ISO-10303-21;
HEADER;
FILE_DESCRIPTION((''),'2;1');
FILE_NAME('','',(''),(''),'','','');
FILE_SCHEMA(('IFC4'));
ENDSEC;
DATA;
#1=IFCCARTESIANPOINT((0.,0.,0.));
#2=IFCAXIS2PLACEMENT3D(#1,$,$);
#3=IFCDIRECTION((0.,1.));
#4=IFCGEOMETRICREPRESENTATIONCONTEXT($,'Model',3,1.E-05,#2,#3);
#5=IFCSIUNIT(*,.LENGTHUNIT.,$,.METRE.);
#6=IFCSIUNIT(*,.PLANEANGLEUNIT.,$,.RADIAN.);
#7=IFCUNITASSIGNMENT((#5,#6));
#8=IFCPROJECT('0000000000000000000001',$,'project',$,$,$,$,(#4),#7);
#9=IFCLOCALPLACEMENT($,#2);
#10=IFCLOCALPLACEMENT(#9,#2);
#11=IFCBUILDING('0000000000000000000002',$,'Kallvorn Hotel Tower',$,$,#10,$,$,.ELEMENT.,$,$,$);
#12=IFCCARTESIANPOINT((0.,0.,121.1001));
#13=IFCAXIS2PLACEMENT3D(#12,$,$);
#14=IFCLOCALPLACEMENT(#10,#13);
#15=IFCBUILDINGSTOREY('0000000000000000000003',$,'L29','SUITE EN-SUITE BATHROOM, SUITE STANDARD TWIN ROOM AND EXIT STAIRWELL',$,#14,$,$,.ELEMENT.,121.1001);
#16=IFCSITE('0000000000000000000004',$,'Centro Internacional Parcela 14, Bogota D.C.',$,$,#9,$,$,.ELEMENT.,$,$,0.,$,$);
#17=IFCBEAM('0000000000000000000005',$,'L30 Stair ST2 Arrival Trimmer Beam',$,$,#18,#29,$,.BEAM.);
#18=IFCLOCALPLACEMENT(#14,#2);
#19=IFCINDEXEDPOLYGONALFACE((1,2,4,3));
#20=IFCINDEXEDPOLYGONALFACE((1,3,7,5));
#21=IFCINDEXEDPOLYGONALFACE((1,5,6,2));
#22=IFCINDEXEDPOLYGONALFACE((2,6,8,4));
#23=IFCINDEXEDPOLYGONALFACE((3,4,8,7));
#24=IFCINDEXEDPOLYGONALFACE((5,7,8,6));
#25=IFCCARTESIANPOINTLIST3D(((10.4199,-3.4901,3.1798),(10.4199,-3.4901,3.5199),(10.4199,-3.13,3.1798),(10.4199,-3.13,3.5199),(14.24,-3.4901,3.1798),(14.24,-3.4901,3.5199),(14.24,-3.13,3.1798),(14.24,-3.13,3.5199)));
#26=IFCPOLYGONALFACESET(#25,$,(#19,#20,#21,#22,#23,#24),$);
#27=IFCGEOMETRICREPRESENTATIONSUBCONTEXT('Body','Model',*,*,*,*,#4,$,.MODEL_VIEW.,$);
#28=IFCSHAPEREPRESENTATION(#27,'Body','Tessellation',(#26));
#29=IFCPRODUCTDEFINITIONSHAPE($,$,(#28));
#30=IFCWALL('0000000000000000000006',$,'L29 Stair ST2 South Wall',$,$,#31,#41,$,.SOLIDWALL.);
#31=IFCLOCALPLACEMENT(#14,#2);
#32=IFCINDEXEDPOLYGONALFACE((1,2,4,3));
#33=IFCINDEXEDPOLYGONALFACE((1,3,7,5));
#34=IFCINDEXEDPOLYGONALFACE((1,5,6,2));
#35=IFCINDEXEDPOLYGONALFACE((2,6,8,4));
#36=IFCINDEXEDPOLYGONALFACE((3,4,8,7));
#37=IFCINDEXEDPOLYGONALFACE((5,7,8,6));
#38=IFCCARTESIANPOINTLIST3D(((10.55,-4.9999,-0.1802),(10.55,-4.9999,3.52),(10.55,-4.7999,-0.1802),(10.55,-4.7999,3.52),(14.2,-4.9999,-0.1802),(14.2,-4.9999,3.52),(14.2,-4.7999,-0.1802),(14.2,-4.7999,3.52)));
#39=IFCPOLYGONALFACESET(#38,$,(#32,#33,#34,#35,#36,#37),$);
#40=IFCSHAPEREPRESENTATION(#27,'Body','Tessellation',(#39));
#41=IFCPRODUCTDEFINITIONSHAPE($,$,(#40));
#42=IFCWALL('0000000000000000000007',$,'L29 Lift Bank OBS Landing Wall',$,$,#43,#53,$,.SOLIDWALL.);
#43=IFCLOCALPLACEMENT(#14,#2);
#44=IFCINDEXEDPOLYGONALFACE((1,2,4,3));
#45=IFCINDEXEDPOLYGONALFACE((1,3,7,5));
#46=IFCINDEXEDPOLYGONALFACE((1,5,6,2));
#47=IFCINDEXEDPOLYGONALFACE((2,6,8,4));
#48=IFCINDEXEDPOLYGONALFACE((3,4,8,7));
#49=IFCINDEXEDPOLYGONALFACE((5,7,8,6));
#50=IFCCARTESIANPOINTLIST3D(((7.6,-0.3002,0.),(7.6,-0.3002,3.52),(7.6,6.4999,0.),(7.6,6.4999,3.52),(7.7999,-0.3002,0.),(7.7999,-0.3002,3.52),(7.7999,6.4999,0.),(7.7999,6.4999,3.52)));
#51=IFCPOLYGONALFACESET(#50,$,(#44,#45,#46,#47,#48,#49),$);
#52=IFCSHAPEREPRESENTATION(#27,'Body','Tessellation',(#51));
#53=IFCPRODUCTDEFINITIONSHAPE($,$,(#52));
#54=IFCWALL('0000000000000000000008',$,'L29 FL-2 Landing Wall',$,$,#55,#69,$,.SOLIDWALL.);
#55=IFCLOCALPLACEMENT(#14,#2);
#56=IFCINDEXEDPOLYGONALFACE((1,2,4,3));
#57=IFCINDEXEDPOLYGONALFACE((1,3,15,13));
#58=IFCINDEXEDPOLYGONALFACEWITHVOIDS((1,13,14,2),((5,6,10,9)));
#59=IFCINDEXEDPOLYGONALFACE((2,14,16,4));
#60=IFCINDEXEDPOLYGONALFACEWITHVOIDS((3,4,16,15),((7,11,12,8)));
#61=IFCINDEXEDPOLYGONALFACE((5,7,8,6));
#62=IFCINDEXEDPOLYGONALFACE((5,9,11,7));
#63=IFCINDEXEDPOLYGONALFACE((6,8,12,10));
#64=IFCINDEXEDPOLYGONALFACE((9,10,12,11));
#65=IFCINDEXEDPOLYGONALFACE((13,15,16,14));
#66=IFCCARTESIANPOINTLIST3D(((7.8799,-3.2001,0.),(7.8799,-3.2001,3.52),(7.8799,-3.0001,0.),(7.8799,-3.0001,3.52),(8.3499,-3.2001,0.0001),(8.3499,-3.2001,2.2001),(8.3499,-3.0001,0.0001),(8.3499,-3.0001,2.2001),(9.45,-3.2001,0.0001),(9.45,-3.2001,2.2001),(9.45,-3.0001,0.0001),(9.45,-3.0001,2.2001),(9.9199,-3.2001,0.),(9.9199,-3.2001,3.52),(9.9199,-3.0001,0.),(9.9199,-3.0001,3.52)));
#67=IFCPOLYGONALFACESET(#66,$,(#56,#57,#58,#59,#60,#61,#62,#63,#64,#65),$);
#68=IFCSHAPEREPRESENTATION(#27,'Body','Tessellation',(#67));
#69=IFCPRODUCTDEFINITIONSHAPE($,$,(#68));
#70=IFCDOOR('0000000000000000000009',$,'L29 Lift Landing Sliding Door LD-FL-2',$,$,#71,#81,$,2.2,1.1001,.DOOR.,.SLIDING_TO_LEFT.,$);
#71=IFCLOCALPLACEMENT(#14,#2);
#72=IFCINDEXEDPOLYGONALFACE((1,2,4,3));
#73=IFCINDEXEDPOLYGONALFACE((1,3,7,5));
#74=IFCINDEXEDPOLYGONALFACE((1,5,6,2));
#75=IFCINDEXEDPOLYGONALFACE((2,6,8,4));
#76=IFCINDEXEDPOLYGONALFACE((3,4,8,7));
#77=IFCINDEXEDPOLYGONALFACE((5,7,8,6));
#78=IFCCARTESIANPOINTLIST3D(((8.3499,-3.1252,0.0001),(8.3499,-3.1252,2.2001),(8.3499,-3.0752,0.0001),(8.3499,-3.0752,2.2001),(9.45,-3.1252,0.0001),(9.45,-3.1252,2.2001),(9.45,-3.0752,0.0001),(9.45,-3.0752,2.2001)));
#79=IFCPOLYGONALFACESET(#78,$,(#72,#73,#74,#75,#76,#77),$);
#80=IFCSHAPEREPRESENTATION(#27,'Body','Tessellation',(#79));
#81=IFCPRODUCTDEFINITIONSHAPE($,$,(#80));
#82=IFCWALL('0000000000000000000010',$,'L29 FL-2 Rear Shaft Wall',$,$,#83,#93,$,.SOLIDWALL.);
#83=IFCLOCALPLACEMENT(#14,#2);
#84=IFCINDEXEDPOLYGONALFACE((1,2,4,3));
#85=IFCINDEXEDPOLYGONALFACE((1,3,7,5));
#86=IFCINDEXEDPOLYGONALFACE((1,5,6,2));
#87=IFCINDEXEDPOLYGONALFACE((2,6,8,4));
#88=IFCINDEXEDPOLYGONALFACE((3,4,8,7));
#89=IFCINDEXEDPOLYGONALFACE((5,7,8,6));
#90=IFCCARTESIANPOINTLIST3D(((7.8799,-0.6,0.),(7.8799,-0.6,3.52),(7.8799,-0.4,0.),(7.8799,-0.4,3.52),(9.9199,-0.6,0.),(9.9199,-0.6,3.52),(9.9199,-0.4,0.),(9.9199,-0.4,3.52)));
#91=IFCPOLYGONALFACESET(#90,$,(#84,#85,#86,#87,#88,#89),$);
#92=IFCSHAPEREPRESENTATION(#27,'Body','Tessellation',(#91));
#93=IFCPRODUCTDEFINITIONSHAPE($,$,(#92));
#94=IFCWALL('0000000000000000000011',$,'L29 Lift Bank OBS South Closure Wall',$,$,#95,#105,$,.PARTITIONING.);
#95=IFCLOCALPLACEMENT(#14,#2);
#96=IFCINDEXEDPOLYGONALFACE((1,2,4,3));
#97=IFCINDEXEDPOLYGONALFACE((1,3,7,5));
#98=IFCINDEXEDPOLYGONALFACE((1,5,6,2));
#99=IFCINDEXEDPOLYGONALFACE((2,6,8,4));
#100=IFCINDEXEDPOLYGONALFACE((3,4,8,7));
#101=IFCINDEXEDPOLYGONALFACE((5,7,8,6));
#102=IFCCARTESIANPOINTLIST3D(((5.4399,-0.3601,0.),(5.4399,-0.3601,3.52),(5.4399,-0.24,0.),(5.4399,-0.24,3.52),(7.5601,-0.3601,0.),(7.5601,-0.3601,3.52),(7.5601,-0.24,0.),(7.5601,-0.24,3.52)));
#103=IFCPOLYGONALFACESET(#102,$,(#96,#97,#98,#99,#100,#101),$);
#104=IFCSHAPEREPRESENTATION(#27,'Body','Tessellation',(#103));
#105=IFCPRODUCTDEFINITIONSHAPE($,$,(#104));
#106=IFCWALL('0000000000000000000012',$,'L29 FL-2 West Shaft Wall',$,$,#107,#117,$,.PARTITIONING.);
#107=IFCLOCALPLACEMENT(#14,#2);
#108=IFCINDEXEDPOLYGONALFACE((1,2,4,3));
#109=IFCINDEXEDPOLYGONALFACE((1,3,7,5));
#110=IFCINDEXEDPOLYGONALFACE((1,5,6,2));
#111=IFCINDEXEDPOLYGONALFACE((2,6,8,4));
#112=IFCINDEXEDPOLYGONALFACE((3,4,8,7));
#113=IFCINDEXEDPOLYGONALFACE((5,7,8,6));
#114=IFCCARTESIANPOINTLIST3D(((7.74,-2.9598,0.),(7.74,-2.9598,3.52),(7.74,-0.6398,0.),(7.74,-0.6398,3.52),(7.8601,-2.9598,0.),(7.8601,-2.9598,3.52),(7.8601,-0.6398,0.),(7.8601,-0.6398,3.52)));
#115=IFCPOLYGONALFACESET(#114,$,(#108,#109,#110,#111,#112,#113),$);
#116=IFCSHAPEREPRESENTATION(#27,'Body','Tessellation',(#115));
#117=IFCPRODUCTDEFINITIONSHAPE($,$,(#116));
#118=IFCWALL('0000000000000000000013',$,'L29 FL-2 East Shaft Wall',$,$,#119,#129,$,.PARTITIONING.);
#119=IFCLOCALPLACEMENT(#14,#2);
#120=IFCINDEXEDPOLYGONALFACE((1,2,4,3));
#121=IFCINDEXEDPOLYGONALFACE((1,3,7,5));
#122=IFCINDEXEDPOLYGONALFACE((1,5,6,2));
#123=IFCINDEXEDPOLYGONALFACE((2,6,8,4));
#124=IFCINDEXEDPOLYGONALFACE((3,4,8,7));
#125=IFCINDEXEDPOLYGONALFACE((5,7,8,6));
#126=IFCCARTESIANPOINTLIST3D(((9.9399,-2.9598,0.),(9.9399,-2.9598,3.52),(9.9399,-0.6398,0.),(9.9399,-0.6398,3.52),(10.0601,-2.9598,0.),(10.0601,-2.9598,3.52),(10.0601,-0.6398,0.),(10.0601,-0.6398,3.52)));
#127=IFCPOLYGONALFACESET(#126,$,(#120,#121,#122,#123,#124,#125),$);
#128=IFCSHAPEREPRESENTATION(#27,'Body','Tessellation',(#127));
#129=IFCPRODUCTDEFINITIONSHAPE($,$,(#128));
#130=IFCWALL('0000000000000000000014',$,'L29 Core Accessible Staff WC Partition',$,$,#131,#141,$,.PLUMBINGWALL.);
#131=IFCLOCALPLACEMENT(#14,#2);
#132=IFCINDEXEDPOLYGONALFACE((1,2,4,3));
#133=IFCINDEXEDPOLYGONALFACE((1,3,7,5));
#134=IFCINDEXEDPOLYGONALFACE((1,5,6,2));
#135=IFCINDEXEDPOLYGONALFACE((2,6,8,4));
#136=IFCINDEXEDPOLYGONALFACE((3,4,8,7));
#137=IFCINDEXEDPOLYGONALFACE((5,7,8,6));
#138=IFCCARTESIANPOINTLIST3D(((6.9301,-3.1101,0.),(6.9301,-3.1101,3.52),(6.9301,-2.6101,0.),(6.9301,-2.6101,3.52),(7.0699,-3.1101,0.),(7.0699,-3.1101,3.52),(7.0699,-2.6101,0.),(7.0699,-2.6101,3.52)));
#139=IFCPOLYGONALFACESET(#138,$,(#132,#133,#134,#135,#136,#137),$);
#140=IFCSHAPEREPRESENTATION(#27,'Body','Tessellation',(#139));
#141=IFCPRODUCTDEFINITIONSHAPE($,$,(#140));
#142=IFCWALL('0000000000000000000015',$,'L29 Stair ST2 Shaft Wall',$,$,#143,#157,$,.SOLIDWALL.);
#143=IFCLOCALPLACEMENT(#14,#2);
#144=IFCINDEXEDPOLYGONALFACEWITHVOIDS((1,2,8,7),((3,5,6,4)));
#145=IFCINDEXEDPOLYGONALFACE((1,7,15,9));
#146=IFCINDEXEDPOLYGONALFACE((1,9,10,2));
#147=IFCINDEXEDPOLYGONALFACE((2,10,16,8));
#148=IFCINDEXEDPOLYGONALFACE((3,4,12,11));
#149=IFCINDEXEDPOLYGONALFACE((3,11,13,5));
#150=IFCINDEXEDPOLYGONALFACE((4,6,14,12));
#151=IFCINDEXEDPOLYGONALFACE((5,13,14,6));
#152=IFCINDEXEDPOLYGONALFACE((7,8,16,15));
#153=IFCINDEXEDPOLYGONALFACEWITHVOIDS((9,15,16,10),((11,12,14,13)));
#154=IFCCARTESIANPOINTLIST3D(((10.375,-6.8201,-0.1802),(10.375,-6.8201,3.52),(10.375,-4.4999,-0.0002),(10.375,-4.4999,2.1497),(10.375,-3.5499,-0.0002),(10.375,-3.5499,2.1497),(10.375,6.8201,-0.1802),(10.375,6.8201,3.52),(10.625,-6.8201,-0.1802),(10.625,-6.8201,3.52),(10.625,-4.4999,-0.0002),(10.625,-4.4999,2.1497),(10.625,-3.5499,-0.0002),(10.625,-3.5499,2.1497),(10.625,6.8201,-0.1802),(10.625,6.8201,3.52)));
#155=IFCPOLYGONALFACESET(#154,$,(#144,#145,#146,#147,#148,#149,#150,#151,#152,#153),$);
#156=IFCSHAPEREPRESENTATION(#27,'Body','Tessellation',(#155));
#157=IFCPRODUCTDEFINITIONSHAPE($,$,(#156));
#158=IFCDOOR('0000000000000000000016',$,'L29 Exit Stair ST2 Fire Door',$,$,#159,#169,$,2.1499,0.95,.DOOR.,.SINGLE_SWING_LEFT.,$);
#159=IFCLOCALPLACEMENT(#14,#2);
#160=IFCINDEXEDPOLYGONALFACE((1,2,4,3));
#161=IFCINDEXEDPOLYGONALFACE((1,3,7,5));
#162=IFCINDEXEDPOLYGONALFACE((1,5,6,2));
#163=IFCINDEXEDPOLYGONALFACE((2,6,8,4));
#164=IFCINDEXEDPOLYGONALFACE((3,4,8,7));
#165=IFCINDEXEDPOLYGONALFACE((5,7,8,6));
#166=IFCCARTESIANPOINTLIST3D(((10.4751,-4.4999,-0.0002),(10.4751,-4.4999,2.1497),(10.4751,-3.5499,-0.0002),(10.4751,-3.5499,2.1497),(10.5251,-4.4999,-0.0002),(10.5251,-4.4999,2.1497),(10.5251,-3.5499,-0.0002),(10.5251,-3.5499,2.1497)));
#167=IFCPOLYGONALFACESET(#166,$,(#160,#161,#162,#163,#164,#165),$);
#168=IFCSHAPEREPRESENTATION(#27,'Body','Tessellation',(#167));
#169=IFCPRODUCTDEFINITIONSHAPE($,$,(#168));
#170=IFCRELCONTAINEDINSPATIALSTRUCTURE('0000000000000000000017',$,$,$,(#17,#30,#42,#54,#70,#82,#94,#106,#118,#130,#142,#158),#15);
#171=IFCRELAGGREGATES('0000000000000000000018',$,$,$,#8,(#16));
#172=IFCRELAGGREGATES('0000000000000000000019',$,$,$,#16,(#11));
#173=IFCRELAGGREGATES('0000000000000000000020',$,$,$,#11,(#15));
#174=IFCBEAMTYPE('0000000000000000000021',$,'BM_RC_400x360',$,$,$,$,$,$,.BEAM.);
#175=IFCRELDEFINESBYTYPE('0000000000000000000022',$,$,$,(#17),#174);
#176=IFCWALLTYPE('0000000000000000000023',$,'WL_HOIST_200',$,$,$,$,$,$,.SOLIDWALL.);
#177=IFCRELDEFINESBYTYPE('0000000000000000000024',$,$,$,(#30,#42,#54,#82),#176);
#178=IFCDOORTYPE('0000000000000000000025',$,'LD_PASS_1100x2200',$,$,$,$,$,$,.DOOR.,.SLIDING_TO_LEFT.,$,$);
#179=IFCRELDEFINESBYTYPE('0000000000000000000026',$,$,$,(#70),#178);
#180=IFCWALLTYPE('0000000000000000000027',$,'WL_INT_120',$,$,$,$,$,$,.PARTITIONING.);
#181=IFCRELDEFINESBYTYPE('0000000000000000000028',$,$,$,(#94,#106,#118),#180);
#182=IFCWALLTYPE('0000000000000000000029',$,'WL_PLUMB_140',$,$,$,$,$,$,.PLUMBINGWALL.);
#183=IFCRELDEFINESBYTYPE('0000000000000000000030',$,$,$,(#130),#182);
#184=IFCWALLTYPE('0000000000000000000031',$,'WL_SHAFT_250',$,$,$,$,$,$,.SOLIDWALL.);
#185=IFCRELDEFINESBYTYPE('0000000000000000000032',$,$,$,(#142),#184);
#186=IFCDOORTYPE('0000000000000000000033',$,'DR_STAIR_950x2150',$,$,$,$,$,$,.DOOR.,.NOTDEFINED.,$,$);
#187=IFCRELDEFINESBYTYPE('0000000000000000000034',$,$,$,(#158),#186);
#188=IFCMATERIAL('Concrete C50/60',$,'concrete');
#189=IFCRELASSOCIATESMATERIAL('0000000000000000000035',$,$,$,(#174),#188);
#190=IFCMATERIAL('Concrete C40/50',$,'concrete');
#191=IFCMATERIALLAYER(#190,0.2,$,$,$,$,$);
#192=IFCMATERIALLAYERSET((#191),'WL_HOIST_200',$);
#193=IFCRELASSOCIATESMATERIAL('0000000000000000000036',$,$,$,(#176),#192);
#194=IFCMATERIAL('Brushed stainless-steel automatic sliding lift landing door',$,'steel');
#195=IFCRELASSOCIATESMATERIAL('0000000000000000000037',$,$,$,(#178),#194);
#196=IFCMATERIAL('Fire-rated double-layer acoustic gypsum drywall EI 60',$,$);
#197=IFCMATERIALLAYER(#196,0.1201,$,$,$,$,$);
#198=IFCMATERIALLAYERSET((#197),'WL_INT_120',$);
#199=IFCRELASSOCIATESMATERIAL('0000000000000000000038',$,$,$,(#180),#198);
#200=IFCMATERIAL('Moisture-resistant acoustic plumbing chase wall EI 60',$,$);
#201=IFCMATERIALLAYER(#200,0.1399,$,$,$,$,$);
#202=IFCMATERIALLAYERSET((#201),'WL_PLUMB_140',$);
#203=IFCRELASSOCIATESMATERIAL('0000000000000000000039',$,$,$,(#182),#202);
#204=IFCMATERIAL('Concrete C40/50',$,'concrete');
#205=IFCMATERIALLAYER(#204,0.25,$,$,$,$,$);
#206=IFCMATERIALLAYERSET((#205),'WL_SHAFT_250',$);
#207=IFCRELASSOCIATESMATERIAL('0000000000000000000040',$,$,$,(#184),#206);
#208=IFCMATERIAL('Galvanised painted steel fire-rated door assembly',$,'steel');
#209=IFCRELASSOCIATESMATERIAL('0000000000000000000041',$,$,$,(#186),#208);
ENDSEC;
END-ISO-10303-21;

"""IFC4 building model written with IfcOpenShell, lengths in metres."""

from ifc_helpers import new_model, si_unit, direction, frame, frame_2d, origin, origin_2d, place, context, subcontext, project, spatial, rectangle, extrude, material, layer, layer_set, material_profile, profile_set, type_object, element, fill, save


model = new_model("IFC4")

# Units and contexts
model_context = context("Model", 3, precision=1e-05, world=origin(), true_north=direction((0.0, 1.0)))
body_context = subcontext(model_context, "Body", "Model", "MODEL_VIEW")
ifc_project = project(units=[si_unit("LENGTHUNIT", "METRE"), si_unit("PLANEANGLEUNIT", "RADIAN")], contexts=[model_context])

# Site, building, storey
site_placement = place(None, origin())
site = spatial("IfcSite", under=ifc_project, at=site_placement, Name="Centro Internacional Parcela 14, Bogota D.C.", CompositionType="ELEMENT", RefElevation=0.0)
building_placement = place(site_placement, origin())
building = spatial("IfcBuilding", under=site, at=building_placement, Name="Kallvorn Hotel Tower", CompositionType="ELEMENT")
storey_placement = place(building_placement, frame((0.0, 0.0, 121.1001)))
storey = spatial("IfcBuildingStorey", under=building, at=storey_placement, Name="L29", Description="SUITE EN-SUITE BATHROOM, SUITE STANDARD TWIN ROOM AND EXIT STAIRWELL", CompositionType="ELEMENT", Elevation=121.1001)

# Beam
ifc_material_1 = material(Name="Concrete C50/60", Category="concrete")
ifc_material_profile = material_profile(ifc_material_1, rectangle(XDim=0.3601, YDim=0.3401, at=origin_2d()), Name="RC 360x340")
ifc_profile_set = profile_set([ifc_material_profile], Name="Concrete C50/60")
beam_type = type_object("IfcBeamType", Name="BM_RC_400x360", PredefinedType="BEAM", material=ifc_profile_set)
beam_placement = place(storey_placement, frame((14.24, -3.3101, 3.3499), z_axis=(-1.0, 0.0, 0.0), x_axis=(0.0, -1.0, 0.0)))
element("IfcBeam", 1, at=beam_placement, inside=storey, type_object=beam_type, Name="L30 Stair ST2 Arrival Trimmer Beam", PredefinedType="BEAM", context=body_context, shape_type="SweptSolid", body=[
    extrude(rectangle(XDim=0.3601, YDim=0.3401, at=origin_2d()), origin(), (0.0, 0.0, 1.0), 3.8201),
])

# Walls
ifc_material_2 = material(Name="Concrete C40/50", Category="concrete")
ifc_layer_1 = layer(ifc_material_2, 0.2)
ifc_layer_set_1 = layer_set([ifc_layer_1], Name="WL_HOIST_200")
wall_type_1 = type_object("IfcWallType", Name="WL_HOIST_200", PredefinedType="SOLIDWALL", material=ifc_layer_set_1)
wall_1_placement = place(storey_placement, frame((10.55, -4.8999, -0.1802), z_axis=(0.0, 0.0, 1.0), x_axis=(1.0, 0.0, 0.0)))
element("IfcWall", 2, at=wall_1_placement, inside=storey, type_object=wall_type_1, Name="L29 Stair ST2 South Wall", PredefinedType="SOLIDWALL", context=body_context, shape_type="SweptSolid", body=[
    extrude(rectangle(XDim=3.6499, YDim=0.2, at=frame_2d((1.825, 0.0))), origin(), (0.0, 0.0, 1.0), 3.7002),
])
wall_2_placement = place(storey_placement, frame((7.7, -0.3, 0.0), z_axis=(0.0, 0.0, 1.0), x_axis=(0.0, 1.0, 0.0)))
element("IfcWall", 3, at=wall_2_placement, inside=storey, type_object=wall_type_1, Name="L29 Lift Bank OBS Landing Wall", PredefinedType="SOLIDWALL", context=body_context, shape_type="SweptSolid", body=[
    extrude(rectangle(XDim=6.8, YDim=0.2, at=frame_2d((3.3999, 0.0))), origin(), (0.0, 0.0, 1.0), 3.52),
])

# Wall, opening, door
wall_3_placement = place(storey_placement, frame((7.8799, -3.1001, 0.0), z_axis=(0.0, 0.0, 1.0), x_axis=(1.0, 0.0, 0.0)))
wall_3 = element("IfcWall", 4, at=wall_3_placement, inside=storey, type_object=wall_type_1, Name="L29 FL-2 Landing Wall", PredefinedType="SOLIDWALL", context=body_context, shape_type="SweptSolid", body=[
    extrude(rectangle(XDim=2.04, YDim=0.2, at=frame_2d((1.02, 0.0))), origin(), (0.0, 0.0, 1.0), 3.52),
])
opening_1_placement = place(wall_3_placement, frame((0.47, 0.0, 0.0)))
opening_1 = element("IfcOpeningElement", 5, at=opening_1_placement, cuts=wall_3, PredefinedType="OPENING", context=body_context, shape_type="SweptSolid", body=[
    extrude(rectangle(XDim=1.1001, YDim=2.2, at=frame_2d((0.55, 1.1001))), frame((0.0, 0.115, 0.0), z_axis=(0.0, -1.0, 0.0), x_axis=(1.0, 0.0, 0.0)), (0.0, 0.0, 1.0), 0.23),
])
ifc_material_3 = material(Name="Brushed stainless-steel automatic sliding lift landing door", Category="steel")
door_type_1 = type_object("IfcDoorType", Name="LD_PASS_1100x2200", OperationType="SLIDING_TO_LEFT", PredefinedType="DOOR", material=ifc_material_3)
door_1_placement = place(opening_1_placement, origin())
door_1 = element("IfcDoor", 6, at=door_1_placement, inside=storey, type_object=door_type_1, Name="L29 Lift Landing Sliding Door LD-FL-2", OperationType="SLIDING_TO_LEFT", OverallHeight=2.2, OverallWidth=1.1001, PredefinedType="DOOR", context=body_context, shape_type="SweptSolid", body=[
    extrude(rectangle(XDim=1.1001, YDim=2.2, at=frame_2d((0.55, 1.1001))), frame((0.0, 0.0249, 0.0), z_axis=(0.0, -1.0, 0.0), x_axis=(1.0, 0.0, 0.0)), (0.0, 0.0, 1.0), 0.05),
])
fill(opening_1, door_1)

# Walls
wall_4_placement = place(storey_placement, frame((7.8799, -0.5, 0.0), z_axis=(0.0, 0.0, 1.0), x_axis=(1.0, 0.0, 0.0)))
element("IfcWall", 7, at=wall_4_placement, inside=storey, type_object=wall_type_1, Name="L29 FL-2 Rear Shaft Wall", PredefinedType="SOLIDWALL", context=body_context, shape_type="SweptSolid", body=[
    extrude(rectangle(XDim=2.04, YDim=0.2, at=frame_2d((1.02, 0.0))), origin(), (0.0, 0.0, 1.0), 3.52),
])
ifc_material_4 = material(Name="Fire-rated double-layer acoustic gypsum drywall EI 60")
ifc_layer_2 = layer(ifc_material_4, 0.1201)
ifc_layer_set_2 = layer_set([ifc_layer_2], Name="WL_INT_120")
wall_type_2 = type_object("IfcWallType", Name="WL_INT_120", PredefinedType="PARTITIONING", material=ifc_layer_set_2)
wall_5_placement = place(storey_placement, frame((5.4399, -0.3, 0.0), z_axis=(0.0, 0.0, 1.0), x_axis=(1.0, 0.0, 0.0)))
element("IfcWall", 8, at=wall_5_placement, inside=storey, type_object=wall_type_2, Name="L29 Lift Bank OBS South Closure Wall", PredefinedType="PARTITIONING", context=body_context, shape_type="SweptSolid", body=[
    extrude(rectangle(XDim=2.1201, YDim=0.1201, at=frame_2d((1.0601, 0.0))), origin(), (0.0, 0.0, 1.0), 3.52),
])
for number, where, z_axis, x_axis, name in (
    (9, (7.8, -2.96, 0.0), (0.0, 0.0, 1.0), (0.0, 1.0, 0.0), "L29 FL-2 West Shaft Wall"),
    (10, (10.0, -2.96, 0.0), (0.0, 0.0, 1.0), (0.0, 1.0, 0.0), "L29 FL-2 East Shaft Wall"),
):
    element("IfcWall", number, at=place(storey_placement, frame(where, z_axis=z_axis, x_axis=x_axis)), inside=storey, type_object=wall_type_2, Name=name, PredefinedType="PARTITIONING", context=body_context, shape_type="SweptSolid", body=[
        extrude(rectangle(XDim=2.3201, YDim=0.1201, at=frame_2d((1.1602, 0.0))), origin(), (0.0, 0.0, 1.0), 3.52),
    ])
ifc_material_5 = material(Name="Moisture-resistant acoustic plumbing chase wall EI 60")
ifc_layer_3 = layer(ifc_material_5, 0.1399)
ifc_layer_set_3 = layer_set([ifc_layer_3], Name="WL_PLUMB_140")
wall_type_3 = type_object("IfcWallType", Name="WL_PLUMB_140", PredefinedType="PLUMBINGWALL", material=ifc_layer_set_3)
wall_6_placement = place(storey_placement, frame((7.0, -3.1101, 0.0), z_axis=(0.0, 0.0, 1.0), x_axis=(0.0, 1.0, 0.0)))
element("IfcWall", 11, at=wall_6_placement, inside=storey, type_object=wall_type_3, Name="L29 Core Accessible Staff WC Partition", PredefinedType="PLUMBINGWALL", context=body_context, shape_type="SweptSolid", body=[
    extrude(rectangle(XDim=0.5, YDim=0.1399, at=frame_2d((0.25, 0.0))), origin(), (0.0, 0.0, 1.0), 3.52),
])

# Wall, opening, door
ifc_material_6 = material(Name="Concrete C40/50", Category="concrete")
ifc_layer_4 = layer(ifc_material_6, 0.25)
ifc_layer_set_4 = layer_set([ifc_layer_4], Name="WL_SHAFT_250")
wall_type_4 = type_object("IfcWallType", Name="WL_SHAFT_250", PredefinedType="SOLIDWALL", material=ifc_layer_set_4)
wall_7_placement = place(storey_placement, frame((10.5, -6.8201, -0.1802), z_axis=(0.0, 0.0, 1.0), x_axis=(0.0, 1.0, 0.0)))
wall_7 = element("IfcWall", 12, at=wall_7_placement, inside=storey, type_object=wall_type_4, Name="L29 Stair ST2 Shaft Wall", PredefinedType="SOLIDWALL", context=body_context, shape_type="SweptSolid", body=[
    extrude(rectangle(XDim=13.6401, YDim=0.25, at=frame_2d((6.8201, 0.0))), origin(), (0.0, 0.0, 1.0), 3.7002),
])
opening_2_placement = place(wall_7_placement, frame((2.3201, 0.0, 0.1799)))
opening_2 = element("IfcOpeningElement", 13, at=opening_2_placement, cuts=wall_7, PredefinedType="OPENING", context=body_context, shape_type="SweptSolid", body=[
    extrude(rectangle(XDim=0.95, YDim=2.1499, at=frame_2d((0.4751, 1.075))), frame((0.0, 0.1399, 0.0), z_axis=(0.0, -1.0, 0.0), x_axis=(1.0, 0.0, 0.0)), (0.0, 0.0, 1.0), 0.28),
])
ifc_material_7 = material(Name="Galvanised painted steel fire-rated door assembly", Category="steel")
door_type_2 = type_object("IfcDoorType", Name="DR_STAIR_950x2150", OperationType="NOTDEFINED", PredefinedType="DOOR", material=ifc_material_7)
door_2_placement = place(opening_2_placement, origin())
door_2 = element("IfcDoor", 14, at=door_2_placement, inside=storey, type_object=door_type_2, Name="L29 Exit Stair ST2 Fire Door", OperationType="SINGLE_SWING_LEFT", OverallHeight=2.1499, OverallWidth=0.95, PredefinedType="DOOR", context=body_context, shape_type="SweptSolid", body=[
    extrude(rectangle(XDim=0.95, YDim=2.1499, at=frame_2d((0.4751, 1.075))), frame((0.0, 0.0249, 0.0), z_axis=(0.0, -1.0, 0.0), x_axis=(1.0, 0.0, 0.0)), (0.0, 0.0, 1.0), 0.05),
])
fill(opening_2, door_2)

save(model, "model.ifc")
